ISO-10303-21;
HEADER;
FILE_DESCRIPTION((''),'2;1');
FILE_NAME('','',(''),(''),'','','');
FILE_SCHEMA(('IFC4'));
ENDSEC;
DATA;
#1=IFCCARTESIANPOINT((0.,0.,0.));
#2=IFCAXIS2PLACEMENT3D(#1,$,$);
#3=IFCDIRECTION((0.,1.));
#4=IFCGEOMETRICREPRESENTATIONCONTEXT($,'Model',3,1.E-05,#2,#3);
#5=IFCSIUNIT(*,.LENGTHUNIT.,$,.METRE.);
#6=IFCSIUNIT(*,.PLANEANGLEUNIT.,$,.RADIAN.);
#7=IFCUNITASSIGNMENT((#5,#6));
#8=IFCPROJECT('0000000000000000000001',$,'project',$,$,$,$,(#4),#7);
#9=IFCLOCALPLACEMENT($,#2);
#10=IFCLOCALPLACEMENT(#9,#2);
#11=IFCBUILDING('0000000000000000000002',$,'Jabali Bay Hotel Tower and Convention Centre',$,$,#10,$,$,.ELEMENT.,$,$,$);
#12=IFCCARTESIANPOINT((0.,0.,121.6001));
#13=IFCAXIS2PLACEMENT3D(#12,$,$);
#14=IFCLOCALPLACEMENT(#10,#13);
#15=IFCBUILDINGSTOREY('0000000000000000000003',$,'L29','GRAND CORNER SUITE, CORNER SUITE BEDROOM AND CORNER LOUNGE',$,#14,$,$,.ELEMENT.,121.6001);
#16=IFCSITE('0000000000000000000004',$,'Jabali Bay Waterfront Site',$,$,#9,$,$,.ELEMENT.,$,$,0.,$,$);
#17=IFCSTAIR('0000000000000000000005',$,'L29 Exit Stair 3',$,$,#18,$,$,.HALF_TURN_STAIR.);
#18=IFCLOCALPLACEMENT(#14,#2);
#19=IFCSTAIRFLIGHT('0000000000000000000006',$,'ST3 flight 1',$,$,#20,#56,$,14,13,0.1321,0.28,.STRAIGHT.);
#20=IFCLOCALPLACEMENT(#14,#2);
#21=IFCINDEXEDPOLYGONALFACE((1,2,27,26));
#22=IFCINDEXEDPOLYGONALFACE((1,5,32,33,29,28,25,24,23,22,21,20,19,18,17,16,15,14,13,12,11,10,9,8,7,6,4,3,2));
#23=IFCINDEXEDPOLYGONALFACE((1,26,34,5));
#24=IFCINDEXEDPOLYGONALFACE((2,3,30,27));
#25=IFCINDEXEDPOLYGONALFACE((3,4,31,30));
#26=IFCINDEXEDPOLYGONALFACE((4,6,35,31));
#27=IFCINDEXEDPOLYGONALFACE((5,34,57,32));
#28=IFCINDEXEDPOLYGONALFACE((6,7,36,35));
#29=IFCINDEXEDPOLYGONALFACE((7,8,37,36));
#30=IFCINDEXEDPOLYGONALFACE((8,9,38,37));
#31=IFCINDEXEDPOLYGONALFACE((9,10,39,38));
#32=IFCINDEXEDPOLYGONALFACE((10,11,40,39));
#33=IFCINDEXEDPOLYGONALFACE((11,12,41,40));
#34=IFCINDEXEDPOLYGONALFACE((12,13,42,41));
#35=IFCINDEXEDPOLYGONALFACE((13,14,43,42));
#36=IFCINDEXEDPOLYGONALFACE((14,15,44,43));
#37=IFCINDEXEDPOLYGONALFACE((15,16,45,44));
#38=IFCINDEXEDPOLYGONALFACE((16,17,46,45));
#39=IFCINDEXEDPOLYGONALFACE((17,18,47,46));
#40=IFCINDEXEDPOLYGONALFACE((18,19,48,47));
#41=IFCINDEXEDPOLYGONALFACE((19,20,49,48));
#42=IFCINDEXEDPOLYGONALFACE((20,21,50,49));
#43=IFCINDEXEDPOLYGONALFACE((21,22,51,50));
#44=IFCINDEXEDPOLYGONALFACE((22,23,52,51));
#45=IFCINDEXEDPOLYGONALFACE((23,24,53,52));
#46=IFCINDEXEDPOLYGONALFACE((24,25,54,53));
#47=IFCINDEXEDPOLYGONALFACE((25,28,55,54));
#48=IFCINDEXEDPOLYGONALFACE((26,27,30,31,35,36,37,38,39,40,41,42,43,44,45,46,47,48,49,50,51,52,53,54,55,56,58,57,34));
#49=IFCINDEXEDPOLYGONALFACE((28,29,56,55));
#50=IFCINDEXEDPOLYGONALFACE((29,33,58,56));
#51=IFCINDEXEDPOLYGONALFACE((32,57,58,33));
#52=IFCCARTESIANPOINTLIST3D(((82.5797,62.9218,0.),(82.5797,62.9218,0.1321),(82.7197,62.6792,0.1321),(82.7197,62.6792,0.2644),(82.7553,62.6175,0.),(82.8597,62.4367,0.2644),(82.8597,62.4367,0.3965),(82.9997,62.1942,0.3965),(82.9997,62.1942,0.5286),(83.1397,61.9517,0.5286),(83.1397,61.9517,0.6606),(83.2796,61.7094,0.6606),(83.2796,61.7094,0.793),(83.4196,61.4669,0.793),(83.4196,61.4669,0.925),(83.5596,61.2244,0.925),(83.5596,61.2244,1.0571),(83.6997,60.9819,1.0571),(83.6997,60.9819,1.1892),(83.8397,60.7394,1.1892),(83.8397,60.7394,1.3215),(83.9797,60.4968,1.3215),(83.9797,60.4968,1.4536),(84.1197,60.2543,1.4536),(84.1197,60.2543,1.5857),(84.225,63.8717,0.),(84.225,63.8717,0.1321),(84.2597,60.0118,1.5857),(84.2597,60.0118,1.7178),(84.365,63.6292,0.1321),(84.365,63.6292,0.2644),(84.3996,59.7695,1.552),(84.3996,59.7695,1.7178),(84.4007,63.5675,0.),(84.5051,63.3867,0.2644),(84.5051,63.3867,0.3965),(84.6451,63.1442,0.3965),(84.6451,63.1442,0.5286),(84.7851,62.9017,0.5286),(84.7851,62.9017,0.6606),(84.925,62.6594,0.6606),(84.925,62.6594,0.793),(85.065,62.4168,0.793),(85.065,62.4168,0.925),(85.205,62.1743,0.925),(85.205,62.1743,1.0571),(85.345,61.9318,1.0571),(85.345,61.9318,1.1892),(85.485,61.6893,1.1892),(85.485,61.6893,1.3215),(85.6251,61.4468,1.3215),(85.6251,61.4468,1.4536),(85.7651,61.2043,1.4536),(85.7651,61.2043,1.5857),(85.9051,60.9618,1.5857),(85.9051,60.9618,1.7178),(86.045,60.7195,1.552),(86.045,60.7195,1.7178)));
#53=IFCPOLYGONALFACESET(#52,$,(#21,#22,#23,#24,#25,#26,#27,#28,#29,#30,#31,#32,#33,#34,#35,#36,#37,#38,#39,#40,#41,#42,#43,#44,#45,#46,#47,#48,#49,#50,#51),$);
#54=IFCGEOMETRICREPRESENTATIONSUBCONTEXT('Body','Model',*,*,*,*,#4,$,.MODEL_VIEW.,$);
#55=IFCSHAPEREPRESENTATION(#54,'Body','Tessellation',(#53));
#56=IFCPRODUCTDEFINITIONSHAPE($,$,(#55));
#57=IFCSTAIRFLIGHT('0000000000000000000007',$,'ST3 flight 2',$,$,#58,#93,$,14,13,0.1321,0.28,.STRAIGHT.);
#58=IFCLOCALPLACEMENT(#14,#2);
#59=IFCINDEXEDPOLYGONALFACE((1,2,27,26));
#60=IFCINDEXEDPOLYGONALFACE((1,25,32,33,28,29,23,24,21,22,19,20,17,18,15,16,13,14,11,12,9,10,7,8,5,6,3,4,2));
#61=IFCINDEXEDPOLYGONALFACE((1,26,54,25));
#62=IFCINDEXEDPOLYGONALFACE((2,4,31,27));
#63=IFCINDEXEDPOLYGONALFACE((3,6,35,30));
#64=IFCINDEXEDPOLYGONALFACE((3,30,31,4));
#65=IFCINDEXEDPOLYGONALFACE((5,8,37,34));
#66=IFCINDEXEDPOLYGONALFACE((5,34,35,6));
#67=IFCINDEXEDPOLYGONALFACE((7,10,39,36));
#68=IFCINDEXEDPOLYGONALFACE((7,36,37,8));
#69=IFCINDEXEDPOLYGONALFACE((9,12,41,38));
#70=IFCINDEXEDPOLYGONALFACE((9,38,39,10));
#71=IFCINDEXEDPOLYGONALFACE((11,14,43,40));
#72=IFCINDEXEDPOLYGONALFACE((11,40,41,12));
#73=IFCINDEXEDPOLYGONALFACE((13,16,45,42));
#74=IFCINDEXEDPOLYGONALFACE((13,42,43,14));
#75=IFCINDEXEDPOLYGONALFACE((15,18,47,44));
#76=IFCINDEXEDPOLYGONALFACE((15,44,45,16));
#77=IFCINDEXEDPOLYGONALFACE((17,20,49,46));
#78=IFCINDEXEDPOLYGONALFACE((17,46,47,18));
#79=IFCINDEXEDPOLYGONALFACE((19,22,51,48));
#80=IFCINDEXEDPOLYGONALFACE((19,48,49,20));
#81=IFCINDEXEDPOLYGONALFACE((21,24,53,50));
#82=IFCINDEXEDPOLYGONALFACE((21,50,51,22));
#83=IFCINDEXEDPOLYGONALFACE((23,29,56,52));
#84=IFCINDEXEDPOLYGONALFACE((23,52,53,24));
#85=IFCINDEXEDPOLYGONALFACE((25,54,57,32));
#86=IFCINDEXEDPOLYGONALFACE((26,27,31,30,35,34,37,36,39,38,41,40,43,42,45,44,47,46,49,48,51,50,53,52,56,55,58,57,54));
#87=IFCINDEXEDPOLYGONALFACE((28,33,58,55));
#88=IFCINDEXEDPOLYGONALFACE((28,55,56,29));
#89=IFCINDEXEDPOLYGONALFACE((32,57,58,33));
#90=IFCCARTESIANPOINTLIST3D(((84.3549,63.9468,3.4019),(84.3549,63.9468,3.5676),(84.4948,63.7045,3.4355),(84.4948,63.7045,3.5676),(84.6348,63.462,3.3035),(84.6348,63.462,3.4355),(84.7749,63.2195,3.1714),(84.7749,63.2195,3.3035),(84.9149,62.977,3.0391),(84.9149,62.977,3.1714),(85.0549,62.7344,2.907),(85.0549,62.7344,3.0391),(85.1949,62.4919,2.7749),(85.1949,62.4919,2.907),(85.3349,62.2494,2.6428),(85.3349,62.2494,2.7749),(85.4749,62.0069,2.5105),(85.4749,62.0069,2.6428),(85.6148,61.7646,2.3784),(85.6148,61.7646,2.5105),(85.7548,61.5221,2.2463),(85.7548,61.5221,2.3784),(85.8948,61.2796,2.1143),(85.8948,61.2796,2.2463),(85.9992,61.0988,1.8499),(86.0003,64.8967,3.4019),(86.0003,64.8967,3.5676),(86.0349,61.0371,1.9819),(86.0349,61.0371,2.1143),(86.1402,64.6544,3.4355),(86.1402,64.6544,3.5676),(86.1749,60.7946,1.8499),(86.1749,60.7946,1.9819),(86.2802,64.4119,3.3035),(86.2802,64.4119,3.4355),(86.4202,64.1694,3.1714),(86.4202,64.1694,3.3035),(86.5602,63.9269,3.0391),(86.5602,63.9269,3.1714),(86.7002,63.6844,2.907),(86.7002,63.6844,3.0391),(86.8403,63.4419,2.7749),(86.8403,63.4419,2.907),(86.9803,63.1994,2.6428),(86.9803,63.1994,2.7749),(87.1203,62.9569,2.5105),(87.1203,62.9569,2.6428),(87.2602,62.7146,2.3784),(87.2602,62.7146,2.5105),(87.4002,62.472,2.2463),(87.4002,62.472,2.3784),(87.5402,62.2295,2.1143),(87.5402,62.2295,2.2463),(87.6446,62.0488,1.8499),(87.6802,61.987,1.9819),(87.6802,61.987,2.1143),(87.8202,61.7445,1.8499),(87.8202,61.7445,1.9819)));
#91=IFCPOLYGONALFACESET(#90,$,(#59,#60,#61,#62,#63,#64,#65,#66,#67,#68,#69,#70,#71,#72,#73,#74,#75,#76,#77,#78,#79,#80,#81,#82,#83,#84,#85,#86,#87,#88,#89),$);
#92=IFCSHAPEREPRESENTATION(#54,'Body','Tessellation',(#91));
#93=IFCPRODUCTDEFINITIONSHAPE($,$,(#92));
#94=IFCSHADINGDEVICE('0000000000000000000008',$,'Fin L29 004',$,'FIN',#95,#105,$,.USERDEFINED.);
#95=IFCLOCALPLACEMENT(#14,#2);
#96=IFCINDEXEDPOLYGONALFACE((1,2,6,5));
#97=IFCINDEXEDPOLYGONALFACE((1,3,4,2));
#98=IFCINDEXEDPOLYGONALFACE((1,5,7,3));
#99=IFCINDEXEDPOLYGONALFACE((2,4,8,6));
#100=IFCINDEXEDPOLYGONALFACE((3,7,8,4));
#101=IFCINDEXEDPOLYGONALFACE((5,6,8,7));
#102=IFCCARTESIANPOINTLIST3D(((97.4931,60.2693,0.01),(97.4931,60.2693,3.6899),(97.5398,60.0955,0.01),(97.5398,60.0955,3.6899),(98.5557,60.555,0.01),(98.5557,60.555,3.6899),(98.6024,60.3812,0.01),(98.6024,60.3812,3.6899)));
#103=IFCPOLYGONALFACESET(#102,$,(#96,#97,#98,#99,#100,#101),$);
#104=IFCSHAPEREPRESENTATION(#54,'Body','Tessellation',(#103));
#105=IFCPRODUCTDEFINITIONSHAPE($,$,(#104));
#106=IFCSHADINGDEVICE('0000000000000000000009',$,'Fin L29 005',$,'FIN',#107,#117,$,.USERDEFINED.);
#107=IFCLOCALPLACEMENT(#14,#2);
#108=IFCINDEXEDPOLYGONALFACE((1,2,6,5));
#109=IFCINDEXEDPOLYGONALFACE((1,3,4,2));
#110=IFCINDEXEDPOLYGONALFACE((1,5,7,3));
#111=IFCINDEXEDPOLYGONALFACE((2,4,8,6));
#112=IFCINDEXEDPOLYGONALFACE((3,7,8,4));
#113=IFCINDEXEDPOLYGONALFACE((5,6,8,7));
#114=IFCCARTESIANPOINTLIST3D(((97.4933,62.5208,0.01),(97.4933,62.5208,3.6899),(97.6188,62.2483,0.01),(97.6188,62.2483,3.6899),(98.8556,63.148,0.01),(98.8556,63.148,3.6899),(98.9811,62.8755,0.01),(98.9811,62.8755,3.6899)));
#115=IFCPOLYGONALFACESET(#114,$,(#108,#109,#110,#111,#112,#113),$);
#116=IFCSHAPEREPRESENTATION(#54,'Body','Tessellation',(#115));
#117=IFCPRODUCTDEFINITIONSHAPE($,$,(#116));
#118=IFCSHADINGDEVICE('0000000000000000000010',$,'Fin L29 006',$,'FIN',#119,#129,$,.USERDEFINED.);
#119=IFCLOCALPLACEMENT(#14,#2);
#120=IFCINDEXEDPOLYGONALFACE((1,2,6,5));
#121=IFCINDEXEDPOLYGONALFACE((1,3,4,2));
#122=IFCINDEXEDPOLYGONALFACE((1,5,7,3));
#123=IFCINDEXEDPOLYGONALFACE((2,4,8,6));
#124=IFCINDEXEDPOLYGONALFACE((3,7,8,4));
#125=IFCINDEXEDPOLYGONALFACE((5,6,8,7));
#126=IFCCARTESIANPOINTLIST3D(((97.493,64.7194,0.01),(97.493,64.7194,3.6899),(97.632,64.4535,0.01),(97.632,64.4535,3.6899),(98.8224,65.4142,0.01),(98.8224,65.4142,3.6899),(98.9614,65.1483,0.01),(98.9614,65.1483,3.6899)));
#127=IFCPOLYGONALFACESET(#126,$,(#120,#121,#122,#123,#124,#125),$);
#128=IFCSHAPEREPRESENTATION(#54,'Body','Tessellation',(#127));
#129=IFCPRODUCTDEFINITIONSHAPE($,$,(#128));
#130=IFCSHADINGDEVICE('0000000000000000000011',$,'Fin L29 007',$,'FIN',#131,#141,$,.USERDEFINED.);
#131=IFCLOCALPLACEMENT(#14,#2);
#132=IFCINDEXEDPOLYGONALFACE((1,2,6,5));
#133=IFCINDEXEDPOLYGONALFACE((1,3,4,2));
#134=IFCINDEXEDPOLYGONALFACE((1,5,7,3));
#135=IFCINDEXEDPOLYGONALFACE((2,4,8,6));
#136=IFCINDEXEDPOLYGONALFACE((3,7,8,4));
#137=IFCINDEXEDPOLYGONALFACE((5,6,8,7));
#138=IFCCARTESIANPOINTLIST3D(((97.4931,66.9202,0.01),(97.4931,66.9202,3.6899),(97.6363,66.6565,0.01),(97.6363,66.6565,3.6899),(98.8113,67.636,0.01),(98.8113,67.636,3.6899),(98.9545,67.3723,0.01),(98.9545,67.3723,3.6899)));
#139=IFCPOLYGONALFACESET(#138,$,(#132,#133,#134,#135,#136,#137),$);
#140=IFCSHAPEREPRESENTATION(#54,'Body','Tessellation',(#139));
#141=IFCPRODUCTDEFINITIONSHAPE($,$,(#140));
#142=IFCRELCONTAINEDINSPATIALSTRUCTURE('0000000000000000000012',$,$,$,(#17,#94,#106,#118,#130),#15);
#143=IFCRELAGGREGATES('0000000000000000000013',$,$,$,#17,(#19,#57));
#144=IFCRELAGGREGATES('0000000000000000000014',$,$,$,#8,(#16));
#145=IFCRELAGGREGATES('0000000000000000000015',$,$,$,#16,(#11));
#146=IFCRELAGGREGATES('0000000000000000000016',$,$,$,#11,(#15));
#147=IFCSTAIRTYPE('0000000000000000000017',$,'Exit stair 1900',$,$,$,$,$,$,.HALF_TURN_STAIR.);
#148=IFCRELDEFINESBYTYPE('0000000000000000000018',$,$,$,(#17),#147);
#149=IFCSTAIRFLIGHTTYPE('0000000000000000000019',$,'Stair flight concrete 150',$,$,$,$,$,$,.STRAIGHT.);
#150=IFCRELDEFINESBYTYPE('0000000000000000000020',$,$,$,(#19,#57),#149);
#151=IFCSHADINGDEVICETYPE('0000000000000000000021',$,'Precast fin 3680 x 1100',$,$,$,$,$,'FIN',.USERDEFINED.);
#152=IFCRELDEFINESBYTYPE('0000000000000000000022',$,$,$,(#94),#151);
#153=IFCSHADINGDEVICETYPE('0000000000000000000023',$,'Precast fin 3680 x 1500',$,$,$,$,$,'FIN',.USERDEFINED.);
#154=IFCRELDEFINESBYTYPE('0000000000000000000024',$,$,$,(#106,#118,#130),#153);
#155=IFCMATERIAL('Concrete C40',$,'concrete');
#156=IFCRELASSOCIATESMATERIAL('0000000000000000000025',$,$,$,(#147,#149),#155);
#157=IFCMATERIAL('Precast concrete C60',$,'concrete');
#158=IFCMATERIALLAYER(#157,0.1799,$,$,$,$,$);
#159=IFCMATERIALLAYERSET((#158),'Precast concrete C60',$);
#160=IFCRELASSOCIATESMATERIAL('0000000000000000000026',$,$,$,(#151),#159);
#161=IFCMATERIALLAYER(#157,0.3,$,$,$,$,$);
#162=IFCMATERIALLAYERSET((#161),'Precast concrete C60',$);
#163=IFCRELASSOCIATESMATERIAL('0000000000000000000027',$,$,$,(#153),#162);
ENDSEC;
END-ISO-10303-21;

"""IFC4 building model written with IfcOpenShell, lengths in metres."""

from ifc_helpers import new_model, si_unit, direction, frame, frame_2d, origin, place, context, subcontext, project, spatial, polyline, rectangle, outline, extrude, material, layer, layer_set, type_object, element, aggregate, save


model = new_model("IFC4")

# Units and contexts
model_context = context("Model", 3, precision=1e-05, world=origin(), true_north=direction((0.0, 1.0)))
body_context = subcontext(model_context, "Body", "Model", "MODEL_VIEW")
ifc_project = project(units=[si_unit("LENGTHUNIT", "METRE"), si_unit("PLANEANGLEUNIT", "RADIAN")], contexts=[model_context])

# Site, building, storey
site_placement = place(None, origin())
site = spatial("IfcSite", under=ifc_project, at=site_placement, Name="Jabali Bay Waterfront Site", CompositionType="ELEMENT", RefElevation=0.0)
building_placement = place(site_placement, origin())
building = spatial("IfcBuilding", under=site, at=building_placement, Name="Jabali Bay Hotel Tower and Convention Centre", CompositionType="ELEMENT")
storey_placement = place(building_placement, frame((0.0, 0.0, 121.6001)))
storey = spatial("IfcBuildingStorey", under=building, at=storey_placement, Name="L29", Description="GRAND CORNER SUITE, CORNER SUITE BEDROOM AND CORNER LOUNGE", CompositionType="ELEMENT", Elevation=121.6001)

# Shared definitions
ifc_material_1 = material(Name="Concrete C40", Category="concrete")

# Stair, stair flights
stair_type = type_object("IfcStairType", Name="Exit stair 1900", PredefinedType="HALF_TURN_STAIR", material=ifc_material_1)
stair_placement = place(storey_placement, origin())
stair = element("IfcStair", 1, at=stair_placement, inside=storey, type_object=stair_type, Name="L29 Exit Stair 3", PredefinedType="HALF_TURN_STAIR")
stair_flight_type = type_object("IfcStairFlightType", Name="Stair flight concrete 150", PredefinedType="STRAIGHT", material=ifc_material_1)
stair_flight_1_placement = place(storey_placement, frame((83.4023, 63.3967, 0.0), z_axis=(0.0, 0.0, 1.0), x_axis=(0.5, -0.866025, 0.0)))
stair_flight_1 = element("IfcStairFlight", 2, at=stair_flight_1_placement, type_object=stair_flight_type, Name="ST3 flight 1", NumberOfRisers=14, NumberOfTreads=13, PredefinedType="STRAIGHT", RiserHeight=0.1321, TreadLength=0.28, context=body_context, shape_type="SweptSolid", body=[
    extrude(outline(polyline([(0.0, 0.0), (0.0, 0.1321), (0.28, 0.1321), (0.28, 0.2644), (0.5601, 0.2644), (0.5601, 0.3965), (0.8401, 0.3965), (0.8401, 0.5286), (1.1201, 0.5286), (1.1201, 0.6606), (1.3999, 0.6606), (1.3999, 0.793), (1.6799, 0.793), (1.6799, 0.925), (1.96, 0.925), (1.96, 1.0571), (2.24, 1.0571), (2.24, 1.1892), (2.52, 1.1892), (2.52, 1.3215), (2.8, 1.3215), (2.8, 1.4536), (3.0801, 1.4536), (3.0801, 1.5857), (3.3601, 1.5857), (3.3601, 1.7178), (3.6399, 1.7178), (3.6399, 1.8501), (3.6399, 1.552), (0.3513, 0.0), (0.0, 0.0)])), frame((0.0, 0.95, 0.0), z_axis=(0.0, -1.0, 0.0), x_axis=(1.0, 0.0, 0.0)), (0.0, 0.0, 1.0), 1.8999),
])
stair_flight_2_placement = place(storey_placement, frame((86.9976, 61.2695, 1.8499), z_axis=(0.0, 0.0, 1.0), x_axis=(-0.5, 0.866025, 0.0)))
stair_flight_2 = element("IfcStairFlight", 3, at=stair_flight_2_placement, type_object=stair_flight_type, Name="ST3 flight 2", NumberOfRisers=14, NumberOfTreads=13, PredefinedType="STRAIGHT", RiserHeight=0.1321, TreadLength=0.28, context=body_context, shape_type="SweptSolid", body=[
    extrude(outline(polyline([(0.0, 0.0), (0.0, 0.1321), (0.28, 0.1321), (0.28, 0.2644), (0.5601, 0.2644), (0.5601, 0.3965), (0.8401, 0.3965), (0.8401, 0.5286), (1.1201, 0.5286), (1.1201, 0.6606), (1.3999, 0.6606), (1.3999, 0.793), (1.6799, 0.793), (1.6799, 0.925), (1.96, 0.925), (1.96, 1.0571), (2.24, 1.0571), (2.24, 1.1892), (2.52, 1.1892), (2.52, 1.3215), (2.8, 1.3215), (2.8, 1.4536), (3.0801, 1.4536), (3.0801, 1.5857), (3.3601, 1.5857), (3.3601, 1.7178), (3.6399, 1.7178), (3.6399, 1.8501), (3.6399, 1.552), (0.3513, 0.0), (0.0, 0.0)])), frame((0.0, 0.95, 0.0), z_axis=(0.0, -1.0, 0.0), x_axis=(1.0, 0.0, 0.0)), (0.0, 0.0, 1.0), 1.8999),
])
aggregate(stair, [stair_flight_1, stair_flight_2])

# Shading devices
ifc_material_2 = material(Name="Precast concrete C60", Category="concrete")
ifc_layer_1 = layer(ifc_material_2, 0.1799)
ifc_layer_set_1 = layer_set([ifc_layer_1], Name="Precast concrete C60")
shading_device_type_1 = type_object("IfcShadingDeviceType", Name="Precast fin 3680 x 1100", ElementType="FIN", PredefinedType="USERDEFINED", material=ifc_layer_set_1)
shading_device_1_placement = place(storey_placement, frame((97.5164, 60.1824, 0.01), z_axis=(0.0, 0.0, 1.0), x_axis=(0.96571, 0.259623, 0.0)))
element("IfcShadingDevice", 4, at=shading_device_1_placement, inside=storey, type_object=shading_device_type_1, Name="Fin L29 004", ObjectType="FIN", PredefinedType="USERDEFINED", context=body_context, shape_type="SweptSolid", body=[
    extrude(rectangle(XDim=1.1003, YDim=0.1799, at=frame_2d((0.5503, 0.0))), origin(), (0.0, 0.0, 1.0), 3.6799),
])
ifc_layer_2 = layer(ifc_material_2, 0.3)
ifc_layer_set_2 = layer_set([ifc_layer_2], Name="Precast concrete C60")
shading_device_type_2 = type_object("IfcShadingDeviceType", Name="Precast fin 3680 x 1500", ElementType="FIN", PredefinedType="USERDEFINED", material=ifc_layer_set_2)
shading_device_2_placement = place(storey_placement, frame((97.5559, 62.3845, 0.01), z_axis=(0.0, 0.0, 1.0), x_axis=(0.908354, 0.418201, 0.0)))
element("IfcShadingDevice", 5, at=shading_device_2_placement, inside=storey, type_object=shading_device_type_2, Name="Fin L29 005", ObjectType="FIN", PredefinedType="USERDEFINED", context=body_context, shape_type="SweptSolid", body=[
    extrude(rectangle(XDim=1.4998, YDim=0.3, at=frame_2d((0.75, 0.0))), origin(), (0.0, 0.0, 1.0), 3.6799),
])
for number, where, z_axis, x_axis, name in (
    (6, (97.5625, 64.5864, 0.01), (0.0, 0.0, 1.0), (0.886242, 0.463222, 0.0), "Fin L29 006"),
    (7, (97.5647, 66.7883, 0.01), (0.0, 0.0, 1.0), (0.878777, 0.477232, 0.0), "Fin L29 007"),
):
    element("IfcShadingDevice", number, at=place(storey_placement, frame(where, z_axis=z_axis, x_axis=x_axis)), inside=storey, type_object=shading_device_type_2, Name=name, ObjectType="FIN", PredefinedType="USERDEFINED", context=body_context, shape_type="SweptSolid", body=[
        extrude(rectangle(XDim=1.5, YDim=0.3, at=frame_2d((0.75, 0.0))), origin(), (0.0, 0.0, 1.0), 3.6799),
    ])

save(model, "model.ifc")
